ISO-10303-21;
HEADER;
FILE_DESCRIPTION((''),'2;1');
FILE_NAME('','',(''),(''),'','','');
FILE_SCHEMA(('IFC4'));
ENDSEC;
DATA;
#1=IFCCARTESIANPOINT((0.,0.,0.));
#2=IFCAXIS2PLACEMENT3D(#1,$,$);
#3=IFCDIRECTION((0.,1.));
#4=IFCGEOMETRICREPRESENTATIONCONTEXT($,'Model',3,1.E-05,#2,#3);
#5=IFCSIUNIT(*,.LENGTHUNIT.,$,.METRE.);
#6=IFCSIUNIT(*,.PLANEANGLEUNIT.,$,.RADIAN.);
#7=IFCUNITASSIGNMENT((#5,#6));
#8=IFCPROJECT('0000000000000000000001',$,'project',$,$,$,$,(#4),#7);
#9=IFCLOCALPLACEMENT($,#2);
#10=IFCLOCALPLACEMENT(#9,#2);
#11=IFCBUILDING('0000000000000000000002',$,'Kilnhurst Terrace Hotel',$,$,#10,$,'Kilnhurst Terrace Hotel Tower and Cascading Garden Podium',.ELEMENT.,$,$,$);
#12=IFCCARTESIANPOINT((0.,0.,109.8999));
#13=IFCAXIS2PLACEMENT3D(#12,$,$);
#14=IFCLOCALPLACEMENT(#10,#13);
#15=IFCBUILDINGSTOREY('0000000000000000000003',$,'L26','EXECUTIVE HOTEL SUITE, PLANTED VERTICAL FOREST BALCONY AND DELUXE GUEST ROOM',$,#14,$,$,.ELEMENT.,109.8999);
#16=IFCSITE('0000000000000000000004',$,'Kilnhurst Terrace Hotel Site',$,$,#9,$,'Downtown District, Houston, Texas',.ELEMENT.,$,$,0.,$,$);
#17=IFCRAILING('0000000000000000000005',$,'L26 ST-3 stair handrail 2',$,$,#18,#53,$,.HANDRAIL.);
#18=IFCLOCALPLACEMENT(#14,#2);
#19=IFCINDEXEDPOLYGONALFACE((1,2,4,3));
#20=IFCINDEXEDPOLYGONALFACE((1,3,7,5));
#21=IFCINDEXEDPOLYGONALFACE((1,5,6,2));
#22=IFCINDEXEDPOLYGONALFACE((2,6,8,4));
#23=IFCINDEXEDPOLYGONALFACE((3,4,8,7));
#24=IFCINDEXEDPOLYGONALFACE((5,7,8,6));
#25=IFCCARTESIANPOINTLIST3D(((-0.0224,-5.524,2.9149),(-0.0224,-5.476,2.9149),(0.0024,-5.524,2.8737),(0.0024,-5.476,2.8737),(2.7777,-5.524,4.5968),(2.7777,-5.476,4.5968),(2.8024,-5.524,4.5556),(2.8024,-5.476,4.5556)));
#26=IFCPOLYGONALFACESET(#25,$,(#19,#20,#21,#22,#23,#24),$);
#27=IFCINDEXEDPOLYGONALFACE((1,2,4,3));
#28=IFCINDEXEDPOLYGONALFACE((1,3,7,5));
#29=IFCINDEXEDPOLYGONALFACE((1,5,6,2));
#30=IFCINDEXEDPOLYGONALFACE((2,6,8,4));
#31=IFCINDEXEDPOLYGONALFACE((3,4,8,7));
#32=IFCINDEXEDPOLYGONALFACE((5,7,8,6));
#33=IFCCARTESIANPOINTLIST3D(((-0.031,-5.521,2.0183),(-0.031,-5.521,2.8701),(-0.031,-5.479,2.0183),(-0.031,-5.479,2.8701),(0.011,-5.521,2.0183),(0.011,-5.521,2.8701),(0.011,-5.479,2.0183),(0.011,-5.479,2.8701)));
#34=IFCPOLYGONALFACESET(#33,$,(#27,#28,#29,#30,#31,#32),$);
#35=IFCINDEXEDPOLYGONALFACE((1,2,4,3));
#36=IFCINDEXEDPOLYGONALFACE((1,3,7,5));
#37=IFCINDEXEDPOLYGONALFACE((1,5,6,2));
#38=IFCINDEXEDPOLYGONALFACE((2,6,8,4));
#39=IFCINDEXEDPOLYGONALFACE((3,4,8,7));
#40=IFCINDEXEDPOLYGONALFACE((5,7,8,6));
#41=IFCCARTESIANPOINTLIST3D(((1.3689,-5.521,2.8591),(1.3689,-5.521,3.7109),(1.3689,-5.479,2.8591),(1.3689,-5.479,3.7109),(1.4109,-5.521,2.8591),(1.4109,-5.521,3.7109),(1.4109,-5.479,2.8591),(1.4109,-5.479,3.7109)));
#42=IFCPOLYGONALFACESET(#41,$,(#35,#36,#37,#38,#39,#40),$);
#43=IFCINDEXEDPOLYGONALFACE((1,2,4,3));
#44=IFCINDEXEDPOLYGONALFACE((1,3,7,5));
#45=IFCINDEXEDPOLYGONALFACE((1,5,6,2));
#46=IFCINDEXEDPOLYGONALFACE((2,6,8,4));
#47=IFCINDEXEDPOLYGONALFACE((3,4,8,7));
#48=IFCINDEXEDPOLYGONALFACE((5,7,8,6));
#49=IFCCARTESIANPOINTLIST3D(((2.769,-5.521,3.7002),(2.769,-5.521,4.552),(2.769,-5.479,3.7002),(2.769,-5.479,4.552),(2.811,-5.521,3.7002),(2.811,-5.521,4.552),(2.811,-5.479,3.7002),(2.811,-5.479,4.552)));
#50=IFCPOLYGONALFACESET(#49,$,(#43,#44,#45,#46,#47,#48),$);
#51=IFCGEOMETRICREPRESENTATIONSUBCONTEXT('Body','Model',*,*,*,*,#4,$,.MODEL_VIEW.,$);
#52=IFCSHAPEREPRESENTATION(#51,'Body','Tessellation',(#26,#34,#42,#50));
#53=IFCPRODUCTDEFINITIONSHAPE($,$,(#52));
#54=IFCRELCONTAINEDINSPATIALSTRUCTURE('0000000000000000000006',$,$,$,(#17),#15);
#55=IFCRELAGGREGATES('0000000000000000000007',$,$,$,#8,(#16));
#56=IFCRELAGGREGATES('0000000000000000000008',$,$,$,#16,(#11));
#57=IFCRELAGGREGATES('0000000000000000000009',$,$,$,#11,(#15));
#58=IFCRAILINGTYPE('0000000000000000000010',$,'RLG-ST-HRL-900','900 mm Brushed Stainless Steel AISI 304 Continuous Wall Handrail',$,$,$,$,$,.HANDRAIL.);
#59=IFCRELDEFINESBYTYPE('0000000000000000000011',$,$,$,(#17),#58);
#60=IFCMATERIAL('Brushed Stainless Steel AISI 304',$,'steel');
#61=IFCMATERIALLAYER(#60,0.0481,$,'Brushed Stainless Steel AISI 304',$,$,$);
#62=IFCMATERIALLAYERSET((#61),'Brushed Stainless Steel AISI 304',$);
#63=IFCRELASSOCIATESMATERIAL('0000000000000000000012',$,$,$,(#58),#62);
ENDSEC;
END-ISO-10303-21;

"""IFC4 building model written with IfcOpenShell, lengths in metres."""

from ifc_helpers import new_model, si_unit, direction, frame, origin, origin_2d, place, context, subcontext, project, spatial, rectangle, extrude, material, layer, layer_set, type_object, element, save


model = new_model("IFC4")

# Units and contexts
model_context = context("Model", 3, precision=1e-05, world=origin(), true_north=direction((0.0, 1.0)))
body_context = subcontext(model_context, "Body", "Model", "MODEL_VIEW")
ifc_project = project(units=[si_unit("LENGTHUNIT", "METRE"), si_unit("PLANEANGLEUNIT", "RADIAN")], contexts=[model_context])

# Site, building, storey
site_placement = place(None, origin())
site = spatial("IfcSite", under=ifc_project, at=site_placement, Name="Kilnhurst Terrace Hotel Site", LongName="Downtown District, Houston, Texas", CompositionType="ELEMENT", RefElevation=0.0)
building_placement = place(site_placement, origin())
building = spatial("IfcBuilding", under=site, at=building_placement, Name="Kilnhurst Terrace Hotel", LongName="Kilnhurst Terrace Hotel Tower and Cascading Garden Podium", CompositionType="ELEMENT")
storey_placement = place(building_placement, frame((0.0, 0.0, 109.8999)))
storey = spatial("IfcBuildingStorey", under=building, at=storey_placement, Name="L26", Description="EXECUTIVE HOTEL SUITE, PLANTED VERTICAL FOREST BALCONY AND DELUXE GUEST ROOM", CompositionType="ELEMENT", Elevation=109.8999)

# Railing
ifc_material_1 = material(Name="Brushed Stainless Steel AISI 304", Category="steel")
ifc_layer_1 = layer(ifc_material_1, 0.0481, Name="Brushed Stainless Steel AISI 304")
ifc_layer_set_1 = layer_set([ifc_layer_1], Name="Brushed Stainless Steel AISI 304")
railing_type_1 = type_object("IfcRailingType", Name="RLG-ST-HRL-900", Description="900 mm Brushed Stainless Steel AISI 304 Continuous Wall Handrail", PredefinedType="HANDRAIL", material=ifc_layer_set_1)
railing_1_placement = place(storey_placement, frame((-0.01, -5.5, 2.0183)))
element("IfcRailing", 1, at=railing_1_placement, inside=storey, type_object=railing_type_1, Name="L26 ST-3 stair handrail 2", PredefinedType="HANDRAIL", context=body_context, shape_type="SweptSolid", body=[
    extrude(rectangle(XDim=0.0481, YDim=0.0481, at=origin_2d()), frame((0.0, 0.0, 0.876), z_axis=(0.857242, 0.0, 0.514913), x_axis=(0.0, 1.0, 0.0)), (0.0, 0.0, 1.0), 3.2664),
    extrude(rectangle(XDim=0.042, YDim=0.042, at=origin_2d()), origin(), (0.0, 0.0, 1.0), 0.8518),
    extrude(rectangle(XDim=0.042, YDim=0.042, at=origin_2d()), frame((1.3999, 0.0, 0.8408)), (0.0, 0.0, 1.0), 0.8518),
    extrude(rectangle(XDim=0.042, YDim=0.042, at=origin_2d()), frame((2.8, 0.0, 1.6819)), (0.0, 0.0, 1.0), 0.8518),
])

save(model, "model.ifc")
